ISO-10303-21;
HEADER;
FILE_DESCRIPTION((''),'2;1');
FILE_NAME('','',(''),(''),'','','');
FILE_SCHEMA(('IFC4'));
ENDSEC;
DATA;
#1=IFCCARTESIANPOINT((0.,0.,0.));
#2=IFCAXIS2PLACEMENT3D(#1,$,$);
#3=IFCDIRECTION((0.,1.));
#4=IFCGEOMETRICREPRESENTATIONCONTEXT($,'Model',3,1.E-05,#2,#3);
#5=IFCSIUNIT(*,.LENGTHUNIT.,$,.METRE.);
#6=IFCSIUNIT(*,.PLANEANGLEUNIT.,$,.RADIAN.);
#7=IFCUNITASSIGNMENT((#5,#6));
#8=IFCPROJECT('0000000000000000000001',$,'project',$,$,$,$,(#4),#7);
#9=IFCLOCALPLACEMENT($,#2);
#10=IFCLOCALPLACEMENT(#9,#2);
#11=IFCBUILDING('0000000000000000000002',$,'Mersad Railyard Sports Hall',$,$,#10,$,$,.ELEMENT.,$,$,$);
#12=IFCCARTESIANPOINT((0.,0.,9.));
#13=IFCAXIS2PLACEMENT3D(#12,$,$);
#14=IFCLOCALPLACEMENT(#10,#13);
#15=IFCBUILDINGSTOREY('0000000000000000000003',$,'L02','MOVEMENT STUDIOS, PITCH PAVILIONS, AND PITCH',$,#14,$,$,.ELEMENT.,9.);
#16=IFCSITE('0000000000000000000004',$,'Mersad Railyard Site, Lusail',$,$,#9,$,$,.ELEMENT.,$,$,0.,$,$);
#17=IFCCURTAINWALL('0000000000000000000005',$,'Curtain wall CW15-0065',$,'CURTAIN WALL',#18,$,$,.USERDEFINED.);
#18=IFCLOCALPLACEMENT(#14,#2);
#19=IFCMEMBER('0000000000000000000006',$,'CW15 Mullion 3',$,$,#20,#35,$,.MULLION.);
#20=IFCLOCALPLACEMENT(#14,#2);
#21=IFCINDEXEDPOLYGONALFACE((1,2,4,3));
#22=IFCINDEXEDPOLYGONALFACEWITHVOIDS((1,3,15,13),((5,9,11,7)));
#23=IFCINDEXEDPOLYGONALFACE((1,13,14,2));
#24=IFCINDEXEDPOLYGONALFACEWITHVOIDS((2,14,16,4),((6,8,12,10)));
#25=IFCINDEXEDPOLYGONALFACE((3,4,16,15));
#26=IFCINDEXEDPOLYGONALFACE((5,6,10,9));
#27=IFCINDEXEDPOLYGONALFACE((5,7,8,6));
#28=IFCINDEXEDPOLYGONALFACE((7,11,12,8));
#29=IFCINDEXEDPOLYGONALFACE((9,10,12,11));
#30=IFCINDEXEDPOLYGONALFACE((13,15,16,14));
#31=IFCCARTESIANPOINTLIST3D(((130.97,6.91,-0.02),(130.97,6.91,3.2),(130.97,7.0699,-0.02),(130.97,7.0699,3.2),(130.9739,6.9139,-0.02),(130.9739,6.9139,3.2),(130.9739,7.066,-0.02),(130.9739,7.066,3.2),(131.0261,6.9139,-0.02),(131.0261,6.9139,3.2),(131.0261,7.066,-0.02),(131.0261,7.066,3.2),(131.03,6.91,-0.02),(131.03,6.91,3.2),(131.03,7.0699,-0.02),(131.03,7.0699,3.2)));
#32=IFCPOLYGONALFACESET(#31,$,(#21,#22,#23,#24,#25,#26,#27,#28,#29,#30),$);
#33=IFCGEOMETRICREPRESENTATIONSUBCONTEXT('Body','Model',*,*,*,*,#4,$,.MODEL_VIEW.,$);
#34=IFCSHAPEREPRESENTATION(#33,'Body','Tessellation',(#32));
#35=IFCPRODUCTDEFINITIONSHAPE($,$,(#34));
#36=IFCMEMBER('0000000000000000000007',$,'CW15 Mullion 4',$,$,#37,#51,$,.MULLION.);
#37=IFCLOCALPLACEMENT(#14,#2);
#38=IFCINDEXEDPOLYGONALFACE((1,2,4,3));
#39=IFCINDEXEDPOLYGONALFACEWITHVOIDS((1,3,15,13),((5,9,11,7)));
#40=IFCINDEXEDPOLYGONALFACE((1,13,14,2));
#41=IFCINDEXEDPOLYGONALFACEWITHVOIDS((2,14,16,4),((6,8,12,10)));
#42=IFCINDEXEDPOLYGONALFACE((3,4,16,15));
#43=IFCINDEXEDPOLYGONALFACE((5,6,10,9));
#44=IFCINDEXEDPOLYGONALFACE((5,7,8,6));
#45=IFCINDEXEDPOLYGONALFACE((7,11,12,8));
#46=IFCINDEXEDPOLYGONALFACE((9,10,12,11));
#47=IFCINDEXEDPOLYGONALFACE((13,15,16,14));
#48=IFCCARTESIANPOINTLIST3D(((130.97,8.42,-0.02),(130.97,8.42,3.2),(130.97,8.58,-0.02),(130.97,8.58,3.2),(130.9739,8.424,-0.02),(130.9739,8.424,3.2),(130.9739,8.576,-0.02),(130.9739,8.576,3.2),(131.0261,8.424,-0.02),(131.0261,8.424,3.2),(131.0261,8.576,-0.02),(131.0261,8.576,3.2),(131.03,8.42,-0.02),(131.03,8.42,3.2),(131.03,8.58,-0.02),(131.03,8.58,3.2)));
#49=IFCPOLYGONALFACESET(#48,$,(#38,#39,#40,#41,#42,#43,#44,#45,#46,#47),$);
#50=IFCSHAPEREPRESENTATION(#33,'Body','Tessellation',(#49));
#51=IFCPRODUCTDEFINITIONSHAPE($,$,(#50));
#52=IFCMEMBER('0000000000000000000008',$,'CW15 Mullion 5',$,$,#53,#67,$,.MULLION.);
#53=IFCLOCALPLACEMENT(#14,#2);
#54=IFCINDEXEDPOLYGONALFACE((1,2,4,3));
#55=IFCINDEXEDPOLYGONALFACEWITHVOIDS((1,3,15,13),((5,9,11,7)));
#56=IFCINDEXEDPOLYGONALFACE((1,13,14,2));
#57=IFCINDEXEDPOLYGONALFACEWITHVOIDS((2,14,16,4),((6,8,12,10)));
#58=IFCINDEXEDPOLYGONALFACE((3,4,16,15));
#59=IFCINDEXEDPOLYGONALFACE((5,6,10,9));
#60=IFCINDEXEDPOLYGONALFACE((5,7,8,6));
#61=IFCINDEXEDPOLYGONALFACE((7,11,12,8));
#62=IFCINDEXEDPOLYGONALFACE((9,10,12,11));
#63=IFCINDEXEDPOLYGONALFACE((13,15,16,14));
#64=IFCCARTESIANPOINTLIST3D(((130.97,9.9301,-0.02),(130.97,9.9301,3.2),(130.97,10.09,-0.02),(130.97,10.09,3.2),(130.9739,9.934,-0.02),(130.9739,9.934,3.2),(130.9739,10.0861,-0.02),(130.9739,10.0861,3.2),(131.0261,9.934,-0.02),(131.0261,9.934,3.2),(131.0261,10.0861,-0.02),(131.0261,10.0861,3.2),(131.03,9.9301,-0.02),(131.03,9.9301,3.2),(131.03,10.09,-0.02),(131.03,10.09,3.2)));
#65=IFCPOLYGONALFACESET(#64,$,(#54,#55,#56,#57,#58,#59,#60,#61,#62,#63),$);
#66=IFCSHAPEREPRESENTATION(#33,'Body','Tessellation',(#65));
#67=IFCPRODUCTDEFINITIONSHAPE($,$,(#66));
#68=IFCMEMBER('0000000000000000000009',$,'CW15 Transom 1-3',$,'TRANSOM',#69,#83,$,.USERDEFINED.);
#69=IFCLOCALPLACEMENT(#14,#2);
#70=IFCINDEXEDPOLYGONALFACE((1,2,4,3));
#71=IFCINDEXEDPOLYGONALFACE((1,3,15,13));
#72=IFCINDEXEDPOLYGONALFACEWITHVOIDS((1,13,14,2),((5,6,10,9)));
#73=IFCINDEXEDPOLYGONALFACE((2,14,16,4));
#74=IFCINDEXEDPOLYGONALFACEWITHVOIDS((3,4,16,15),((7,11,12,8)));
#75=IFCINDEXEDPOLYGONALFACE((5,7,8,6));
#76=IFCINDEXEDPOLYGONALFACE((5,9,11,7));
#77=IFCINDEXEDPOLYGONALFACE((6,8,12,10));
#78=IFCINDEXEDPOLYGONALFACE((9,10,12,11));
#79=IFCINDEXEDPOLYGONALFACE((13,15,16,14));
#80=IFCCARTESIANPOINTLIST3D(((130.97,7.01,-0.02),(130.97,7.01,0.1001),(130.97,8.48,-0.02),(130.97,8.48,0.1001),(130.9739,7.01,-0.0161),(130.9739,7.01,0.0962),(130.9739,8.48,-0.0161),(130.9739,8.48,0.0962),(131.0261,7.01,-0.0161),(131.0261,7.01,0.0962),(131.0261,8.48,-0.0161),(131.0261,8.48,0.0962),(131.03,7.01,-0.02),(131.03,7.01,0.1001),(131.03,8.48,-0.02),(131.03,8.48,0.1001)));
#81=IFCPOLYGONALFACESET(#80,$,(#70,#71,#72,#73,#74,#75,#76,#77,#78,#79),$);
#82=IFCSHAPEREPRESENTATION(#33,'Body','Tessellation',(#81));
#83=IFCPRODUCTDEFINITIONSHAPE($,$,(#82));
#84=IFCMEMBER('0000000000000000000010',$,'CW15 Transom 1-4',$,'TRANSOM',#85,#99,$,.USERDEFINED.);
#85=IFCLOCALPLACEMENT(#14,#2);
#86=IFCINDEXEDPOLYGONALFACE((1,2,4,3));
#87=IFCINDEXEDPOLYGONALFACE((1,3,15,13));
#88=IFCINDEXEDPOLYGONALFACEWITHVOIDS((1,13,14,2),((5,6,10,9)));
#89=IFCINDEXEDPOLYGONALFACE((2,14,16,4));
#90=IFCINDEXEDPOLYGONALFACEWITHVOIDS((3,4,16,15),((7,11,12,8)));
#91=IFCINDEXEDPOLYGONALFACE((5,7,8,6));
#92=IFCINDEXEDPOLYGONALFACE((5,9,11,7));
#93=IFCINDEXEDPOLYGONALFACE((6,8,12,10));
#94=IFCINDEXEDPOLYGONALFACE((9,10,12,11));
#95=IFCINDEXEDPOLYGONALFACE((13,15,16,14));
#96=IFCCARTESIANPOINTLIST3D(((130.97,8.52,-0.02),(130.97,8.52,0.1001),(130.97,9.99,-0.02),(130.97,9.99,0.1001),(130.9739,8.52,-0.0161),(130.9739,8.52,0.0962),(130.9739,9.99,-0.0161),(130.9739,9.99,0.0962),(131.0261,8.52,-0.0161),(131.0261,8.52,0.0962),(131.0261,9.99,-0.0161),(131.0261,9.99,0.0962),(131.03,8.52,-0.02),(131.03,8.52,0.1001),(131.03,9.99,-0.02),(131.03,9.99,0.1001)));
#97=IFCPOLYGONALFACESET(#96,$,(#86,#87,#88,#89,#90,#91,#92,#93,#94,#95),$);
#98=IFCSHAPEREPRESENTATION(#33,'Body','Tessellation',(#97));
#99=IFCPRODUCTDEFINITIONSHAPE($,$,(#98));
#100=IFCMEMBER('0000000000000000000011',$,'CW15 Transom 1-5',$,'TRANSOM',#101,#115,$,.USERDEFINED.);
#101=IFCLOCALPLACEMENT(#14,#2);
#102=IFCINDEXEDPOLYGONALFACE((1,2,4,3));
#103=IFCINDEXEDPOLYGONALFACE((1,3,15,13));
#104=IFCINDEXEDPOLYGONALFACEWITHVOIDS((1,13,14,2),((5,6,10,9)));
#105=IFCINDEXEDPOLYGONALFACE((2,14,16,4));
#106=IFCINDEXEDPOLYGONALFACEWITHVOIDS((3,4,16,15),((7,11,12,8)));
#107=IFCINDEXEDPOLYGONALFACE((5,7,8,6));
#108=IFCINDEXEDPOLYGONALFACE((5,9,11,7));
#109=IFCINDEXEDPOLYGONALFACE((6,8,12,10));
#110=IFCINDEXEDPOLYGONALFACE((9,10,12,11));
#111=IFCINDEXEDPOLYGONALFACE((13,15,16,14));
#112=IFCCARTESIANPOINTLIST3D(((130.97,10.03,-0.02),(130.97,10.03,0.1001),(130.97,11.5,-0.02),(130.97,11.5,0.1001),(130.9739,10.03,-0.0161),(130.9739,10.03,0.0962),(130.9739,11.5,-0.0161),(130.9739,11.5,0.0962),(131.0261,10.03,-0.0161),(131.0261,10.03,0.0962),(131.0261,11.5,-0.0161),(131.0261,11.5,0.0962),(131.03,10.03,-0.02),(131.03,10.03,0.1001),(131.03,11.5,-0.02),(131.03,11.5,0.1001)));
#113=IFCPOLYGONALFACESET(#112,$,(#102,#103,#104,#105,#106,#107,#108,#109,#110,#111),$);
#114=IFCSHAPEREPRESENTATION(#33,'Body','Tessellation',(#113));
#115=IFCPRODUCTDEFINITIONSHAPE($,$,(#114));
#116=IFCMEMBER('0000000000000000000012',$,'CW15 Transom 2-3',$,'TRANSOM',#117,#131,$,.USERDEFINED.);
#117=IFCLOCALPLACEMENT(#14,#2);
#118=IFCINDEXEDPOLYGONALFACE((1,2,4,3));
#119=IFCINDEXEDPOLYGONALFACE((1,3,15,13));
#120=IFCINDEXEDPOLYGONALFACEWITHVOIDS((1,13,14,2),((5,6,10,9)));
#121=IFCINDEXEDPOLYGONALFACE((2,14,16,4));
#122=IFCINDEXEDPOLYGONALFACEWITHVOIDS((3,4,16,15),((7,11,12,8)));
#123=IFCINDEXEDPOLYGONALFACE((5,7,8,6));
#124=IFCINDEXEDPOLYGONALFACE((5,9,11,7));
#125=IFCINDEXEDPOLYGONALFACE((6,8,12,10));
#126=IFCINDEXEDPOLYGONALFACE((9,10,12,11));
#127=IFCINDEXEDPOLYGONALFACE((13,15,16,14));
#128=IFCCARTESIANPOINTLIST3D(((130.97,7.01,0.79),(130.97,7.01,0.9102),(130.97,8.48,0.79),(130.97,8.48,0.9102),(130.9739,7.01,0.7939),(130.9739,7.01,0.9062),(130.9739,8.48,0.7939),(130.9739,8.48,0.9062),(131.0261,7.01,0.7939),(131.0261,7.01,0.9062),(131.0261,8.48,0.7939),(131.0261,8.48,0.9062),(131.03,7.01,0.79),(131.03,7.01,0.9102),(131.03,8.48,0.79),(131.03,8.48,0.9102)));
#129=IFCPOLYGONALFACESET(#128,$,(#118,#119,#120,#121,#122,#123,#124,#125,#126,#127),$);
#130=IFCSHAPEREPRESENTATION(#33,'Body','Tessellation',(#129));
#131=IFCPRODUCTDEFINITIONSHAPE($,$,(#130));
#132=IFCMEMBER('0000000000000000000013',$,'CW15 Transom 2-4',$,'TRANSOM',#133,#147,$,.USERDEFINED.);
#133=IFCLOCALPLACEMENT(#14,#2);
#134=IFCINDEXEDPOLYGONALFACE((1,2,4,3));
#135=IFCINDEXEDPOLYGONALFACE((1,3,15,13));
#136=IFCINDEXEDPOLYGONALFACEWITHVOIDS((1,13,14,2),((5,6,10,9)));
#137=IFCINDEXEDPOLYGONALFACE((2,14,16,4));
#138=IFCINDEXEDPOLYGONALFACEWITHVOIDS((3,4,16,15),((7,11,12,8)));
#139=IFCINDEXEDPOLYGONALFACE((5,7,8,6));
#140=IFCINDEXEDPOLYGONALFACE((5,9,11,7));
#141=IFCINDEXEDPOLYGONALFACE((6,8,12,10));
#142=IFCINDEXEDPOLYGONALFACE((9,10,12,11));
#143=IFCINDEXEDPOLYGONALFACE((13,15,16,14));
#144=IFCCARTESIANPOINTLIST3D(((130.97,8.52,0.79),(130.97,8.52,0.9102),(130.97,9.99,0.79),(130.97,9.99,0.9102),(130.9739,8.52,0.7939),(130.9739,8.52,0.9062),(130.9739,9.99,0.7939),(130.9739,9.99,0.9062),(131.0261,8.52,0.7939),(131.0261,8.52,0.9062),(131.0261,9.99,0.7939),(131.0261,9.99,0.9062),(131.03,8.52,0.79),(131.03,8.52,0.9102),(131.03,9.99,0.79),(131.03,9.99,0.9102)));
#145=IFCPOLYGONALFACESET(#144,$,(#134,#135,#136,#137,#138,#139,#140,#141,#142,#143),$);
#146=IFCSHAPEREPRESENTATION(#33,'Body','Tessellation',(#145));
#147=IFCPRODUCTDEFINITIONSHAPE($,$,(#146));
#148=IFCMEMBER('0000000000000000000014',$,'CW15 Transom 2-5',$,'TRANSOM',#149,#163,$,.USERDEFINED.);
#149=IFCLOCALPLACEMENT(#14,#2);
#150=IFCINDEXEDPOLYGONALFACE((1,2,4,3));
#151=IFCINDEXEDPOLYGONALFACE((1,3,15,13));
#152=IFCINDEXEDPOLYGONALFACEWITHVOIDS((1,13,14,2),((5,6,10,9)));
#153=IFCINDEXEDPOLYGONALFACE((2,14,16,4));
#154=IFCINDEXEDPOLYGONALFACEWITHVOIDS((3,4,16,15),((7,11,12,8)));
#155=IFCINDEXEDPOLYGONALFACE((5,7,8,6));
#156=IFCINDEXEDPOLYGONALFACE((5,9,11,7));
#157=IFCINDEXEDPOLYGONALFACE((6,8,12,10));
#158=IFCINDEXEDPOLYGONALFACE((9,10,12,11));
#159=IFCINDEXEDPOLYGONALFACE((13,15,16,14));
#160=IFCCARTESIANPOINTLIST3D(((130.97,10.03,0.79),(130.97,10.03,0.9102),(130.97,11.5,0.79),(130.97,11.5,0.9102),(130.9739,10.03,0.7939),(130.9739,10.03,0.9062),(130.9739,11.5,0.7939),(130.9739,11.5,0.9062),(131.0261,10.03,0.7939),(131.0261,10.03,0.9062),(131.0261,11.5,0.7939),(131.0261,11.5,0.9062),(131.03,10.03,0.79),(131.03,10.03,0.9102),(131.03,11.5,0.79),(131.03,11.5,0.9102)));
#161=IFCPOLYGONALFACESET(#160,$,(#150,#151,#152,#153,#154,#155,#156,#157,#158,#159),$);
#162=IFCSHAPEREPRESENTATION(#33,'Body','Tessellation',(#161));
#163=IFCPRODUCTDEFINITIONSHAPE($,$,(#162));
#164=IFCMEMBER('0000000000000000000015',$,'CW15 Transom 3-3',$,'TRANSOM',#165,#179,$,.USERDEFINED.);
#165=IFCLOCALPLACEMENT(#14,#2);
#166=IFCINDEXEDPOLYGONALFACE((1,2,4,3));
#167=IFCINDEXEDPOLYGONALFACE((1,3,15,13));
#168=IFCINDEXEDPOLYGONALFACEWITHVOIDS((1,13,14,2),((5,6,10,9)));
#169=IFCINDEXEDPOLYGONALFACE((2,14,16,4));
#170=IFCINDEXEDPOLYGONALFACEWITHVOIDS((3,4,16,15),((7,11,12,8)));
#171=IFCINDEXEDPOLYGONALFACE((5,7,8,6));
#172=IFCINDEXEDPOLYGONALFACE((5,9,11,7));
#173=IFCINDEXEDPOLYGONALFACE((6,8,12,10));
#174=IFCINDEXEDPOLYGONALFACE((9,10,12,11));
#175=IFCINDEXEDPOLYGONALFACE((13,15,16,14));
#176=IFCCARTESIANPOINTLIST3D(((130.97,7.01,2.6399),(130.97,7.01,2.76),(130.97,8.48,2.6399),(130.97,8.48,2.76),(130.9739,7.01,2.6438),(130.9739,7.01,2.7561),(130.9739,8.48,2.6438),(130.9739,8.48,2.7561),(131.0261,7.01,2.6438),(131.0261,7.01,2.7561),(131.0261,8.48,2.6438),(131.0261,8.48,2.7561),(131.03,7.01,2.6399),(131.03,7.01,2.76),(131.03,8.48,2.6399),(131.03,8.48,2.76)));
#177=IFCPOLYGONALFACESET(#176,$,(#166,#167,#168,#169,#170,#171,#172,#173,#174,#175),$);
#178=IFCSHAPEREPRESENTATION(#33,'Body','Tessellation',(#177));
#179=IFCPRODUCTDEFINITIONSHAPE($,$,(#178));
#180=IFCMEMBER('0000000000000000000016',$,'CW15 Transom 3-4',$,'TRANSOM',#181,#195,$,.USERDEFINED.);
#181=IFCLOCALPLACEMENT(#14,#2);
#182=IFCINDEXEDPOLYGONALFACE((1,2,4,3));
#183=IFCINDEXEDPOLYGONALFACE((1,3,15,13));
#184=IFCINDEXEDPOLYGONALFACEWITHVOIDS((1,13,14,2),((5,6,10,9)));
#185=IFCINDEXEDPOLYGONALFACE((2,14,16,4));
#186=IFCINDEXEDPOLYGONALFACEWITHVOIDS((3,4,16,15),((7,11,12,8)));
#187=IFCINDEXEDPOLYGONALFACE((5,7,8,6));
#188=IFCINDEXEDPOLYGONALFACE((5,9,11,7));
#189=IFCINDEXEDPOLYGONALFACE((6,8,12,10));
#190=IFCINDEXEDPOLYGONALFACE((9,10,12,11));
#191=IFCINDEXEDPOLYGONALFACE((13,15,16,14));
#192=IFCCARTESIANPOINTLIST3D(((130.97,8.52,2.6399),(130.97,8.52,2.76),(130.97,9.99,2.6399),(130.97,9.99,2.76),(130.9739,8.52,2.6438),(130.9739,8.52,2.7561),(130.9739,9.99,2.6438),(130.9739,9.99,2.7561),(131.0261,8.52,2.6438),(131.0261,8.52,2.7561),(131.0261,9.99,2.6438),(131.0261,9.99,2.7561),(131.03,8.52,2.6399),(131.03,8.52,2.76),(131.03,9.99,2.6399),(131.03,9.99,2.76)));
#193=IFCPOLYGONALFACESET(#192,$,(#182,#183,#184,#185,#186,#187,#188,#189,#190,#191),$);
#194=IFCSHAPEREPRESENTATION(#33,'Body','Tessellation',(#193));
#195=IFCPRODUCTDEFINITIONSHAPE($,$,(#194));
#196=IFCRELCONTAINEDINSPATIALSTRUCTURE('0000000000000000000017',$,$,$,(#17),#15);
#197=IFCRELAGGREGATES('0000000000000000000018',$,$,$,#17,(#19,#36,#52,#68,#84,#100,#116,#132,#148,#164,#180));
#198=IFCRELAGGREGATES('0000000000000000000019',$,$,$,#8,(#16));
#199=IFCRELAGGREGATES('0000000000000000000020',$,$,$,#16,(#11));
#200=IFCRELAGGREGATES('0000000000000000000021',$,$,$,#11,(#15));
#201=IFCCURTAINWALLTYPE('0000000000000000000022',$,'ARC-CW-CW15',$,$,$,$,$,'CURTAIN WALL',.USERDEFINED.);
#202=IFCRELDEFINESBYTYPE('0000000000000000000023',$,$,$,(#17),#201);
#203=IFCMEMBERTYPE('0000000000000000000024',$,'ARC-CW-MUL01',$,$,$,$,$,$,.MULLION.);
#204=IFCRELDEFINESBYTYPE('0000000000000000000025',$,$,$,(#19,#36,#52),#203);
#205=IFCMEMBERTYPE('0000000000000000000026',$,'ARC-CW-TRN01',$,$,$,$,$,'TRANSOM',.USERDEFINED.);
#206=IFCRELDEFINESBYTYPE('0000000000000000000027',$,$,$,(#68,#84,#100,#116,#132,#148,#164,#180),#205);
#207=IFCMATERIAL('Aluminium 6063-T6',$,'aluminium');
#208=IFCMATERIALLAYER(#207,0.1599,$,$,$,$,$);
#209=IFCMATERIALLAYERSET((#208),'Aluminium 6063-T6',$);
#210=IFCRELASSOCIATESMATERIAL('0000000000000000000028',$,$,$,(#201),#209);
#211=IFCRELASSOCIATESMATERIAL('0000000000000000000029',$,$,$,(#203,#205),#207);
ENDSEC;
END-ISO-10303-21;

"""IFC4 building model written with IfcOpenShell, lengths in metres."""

from ifc_helpers import new_model, si_unit, direction, frame, origin, origin_2d, place, context, subcontext, project, spatial, hollow_rectangle, extrude, material, layer, layer_set, material_profile, profile_set, type_object, element, aggregate, save


model = new_model("IFC4")

# Units and contexts
model_context = context("Model", 3, precision=1e-05, world=origin(), true_north=direction((0.0, 1.0)))
body_context = subcontext(model_context, "Body", "Model", "MODEL_VIEW")
ifc_project = project(units=[si_unit("LENGTHUNIT", "METRE"), si_unit("PLANEANGLEUNIT", "RADIAN")], contexts=[model_context])

# Site, building, storey
site_placement = place(None, origin())
site = spatial("IfcSite", under=ifc_project, at=site_placement, Name="Mersad Railyard Site, Lusail", CompositionType="ELEMENT", RefElevation=0.0)
building_placement = place(site_placement, origin())
building = spatial("IfcBuilding", under=site, at=building_placement, Name="Mersad Railyard Sports Hall", CompositionType="ELEMENT")
storey_placement = place(building_placement, frame((0.0, 0.0, 9.0)))
storey = spatial("IfcBuildingStorey", under=building, at=storey_placement, Name="L02", Description="MOVEMENT STUDIOS, PITCH PAVILIONS, AND PITCH", CompositionType="ELEMENT", Elevation=9.0)

# Curtain wall, members
ifc_material_1 = material(Name="Aluminium 6063-T6", Category="aluminium")
ifc_layer_1 = layer(ifc_material_1, 0.1599)
ifc_layer_set_1 = layer_set([ifc_layer_1], Name="Aluminium 6063-T6")
curtain_wall_type = type_object("IfcCurtainWallType", Name="ARC-CW-CW15", ElementType="CURTAIN WALL", PredefinedType="USERDEFINED", material=ifc_layer_set_1)
curtain_wall_placement = place(storey_placement, origin())
curtain_wall = element("IfcCurtainWall", 1, at=curtain_wall_placement, inside=storey, type_object=curtain_wall_type, Name="Curtain wall CW15-0065", ObjectType="CURTAIN WALL", PredefinedType="USERDEFINED")
ifc_material_profile_1 = material_profile(ifc_material_1, hollow_rectangle(XDim=0.0601, YDim=0.1599, WallThickness=0.0039, at=origin_2d()), Name="AL MULLION 60x160x4")
ifc_profile_set_1 = profile_set([ifc_material_profile_1], Name="Aluminium 6063-T6")
member_type_1 = type_object("IfcMemberType", Name="ARC-CW-MUL01", PredefinedType="MULLION", material=ifc_profile_set_1)
member_1_placement = place(storey_placement, frame((131.0, 6.99, -0.02), z_axis=(0.0, 0.0, 1.0), x_axis=(1.0, 0.0, 0.0)))
member_1 = element("IfcMember", 2, at=member_1_placement, type_object=member_type_1, Name="CW15 Mullion 3", PredefinedType="MULLION", context=body_context, shape_type="SweptSolid", body=[
    extrude(hollow_rectangle(XDim=0.0601, YDim=0.1599, WallThickness=0.0039, at=origin_2d()), origin(), (0.0, 0.0, 1.0), 3.22),
])
member_2_placement = place(storey_placement, frame((131.0, 8.5, -0.02), z_axis=(0.0, 0.0, 1.0), x_axis=(1.0, 0.0, 0.0)))
member_2 = element("IfcMember", 3, at=member_2_placement, type_object=member_type_1, Name="CW15 Mullion 4", PredefinedType="MULLION", context=body_context, shape_type="SweptSolid", body=[
    extrude(hollow_rectangle(XDim=0.0601, YDim=0.1599, WallThickness=0.0039, at=origin_2d()), origin(), (0.0, 0.0, 1.0), 3.22),
])
member_3_placement = place(storey_placement, frame((131.0, 10.01, -0.02), z_axis=(0.0, 0.0, 1.0), x_axis=(1.0, 0.0, 0.0)))
member_3 = element("IfcMember", 4, at=member_3_placement, type_object=member_type_1, Name="CW15 Mullion 5", PredefinedType="MULLION", context=body_context, shape_type="SweptSolid", body=[
    extrude(hollow_rectangle(XDim=0.0601, YDim=0.1599, WallThickness=0.0039, at=origin_2d()), origin(), (0.0, 0.0, 1.0), 3.22),
])
ifc_material_profile_2 = material_profile(ifc_material_1, hollow_rectangle(XDim=0.0601, YDim=0.1201, WallThickness=0.0039, at=origin_2d()), Name="AL TRANSOM 60x120x4")
ifc_profile_set_2 = profile_set([ifc_material_profile_2], Name="Aluminium 6063-T6")
member_type_2 = type_object("IfcMemberType", Name="ARC-CW-TRN01", ElementType="TRANSOM", PredefinedType="USERDEFINED", material=ifc_profile_set_2)
member_4_placement = place(storey_placement, frame((131.0, 7.01, 0.04), z_axis=(0.0, 1.0, 0.0), x_axis=(-1.0, 0.0, 0.0)))
member_4 = element("IfcMember", 5, at=member_4_placement, type_object=member_type_2, Name="CW15 Transom 1-3", ObjectType="TRANSOM", PredefinedType="USERDEFINED", context=body_context, shape_type="SweptSolid", body=[
    extrude(hollow_rectangle(XDim=0.0601, YDim=0.1201, WallThickness=0.0039, at=origin_2d()), origin(), (0.0, 0.0, 1.0), 1.47),
])
member_5_placement = place(storey_placement, frame((131.0, 8.52, 0.04), z_axis=(0.0, 1.0, 0.0), x_axis=(-1.0, 0.0, 0.0)))
member_5 = element("IfcMember", 6, at=member_5_placement, type_object=member_type_2, Name="CW15 Transom 1-4", ObjectType="TRANSOM", PredefinedType="USERDEFINED", context=body_context, shape_type="SweptSolid", body=[
    extrude(hollow_rectangle(XDim=0.0601, YDim=0.1201, WallThickness=0.0039, at=origin_2d()), origin(), (0.0, 0.0, 1.0), 1.47),
])
member_6_placement = place(storey_placement, frame((131.0, 10.03, 0.04), z_axis=(0.0, 1.0, 0.0), x_axis=(-1.0, 0.0, 0.0)))
member_6 = element("IfcMember", 7, at=member_6_placement, type_object=member_type_2, Name="CW15 Transom 1-5", ObjectType="TRANSOM", PredefinedType="USERDEFINED", context=body_context, shape_type="SweptSolid", body=[
    extrude(hollow_rectangle(XDim=0.0601, YDim=0.1201, WallThickness=0.0039, at=origin_2d()), origin(), (0.0, 0.0, 1.0), 1.47),
])
member_7_placement = place(storey_placement, frame((131.0, 7.01, 0.8501), z_axis=(0.0, 1.0, 0.0), x_axis=(-1.0, 0.0, 0.0)))
member_7 = element("IfcMember", 8, at=member_7_placement, type_object=member_type_2, Name="CW15 Transom 2-3", ObjectType="TRANSOM", PredefinedType="USERDEFINED", context=body_context, shape_type="SweptSolid", body=[
    extrude(hollow_rectangle(XDim=0.0601, YDim=0.1201, WallThickness=0.0039, at=origin_2d()), origin(), (0.0, 0.0, 1.0), 1.47),
])
member_8_placement = place(storey_placement, frame((131.0, 8.52, 0.8501), z_axis=(0.0, 1.0, 0.0), x_axis=(-1.0, 0.0, 0.0)))
member_8 = element("IfcMember", 9, at=member_8_placement, type_object=member_type_2, Name="CW15 Transom 2-4", ObjectType="TRANSOM", PredefinedType="USERDEFINED", context=body_context, shape_type="SweptSolid", body=[
    extrude(hollow_rectangle(XDim=0.0601, YDim=0.1201, WallThickness=0.0039, at=origin_2d()), origin(), (0.0, 0.0, 1.0), 1.47),
])
member_9_placement = place(storey_placement, frame((131.0, 10.03, 0.8501), z_axis=(0.0, 1.0, 0.0), x_axis=(-1.0, 0.0, 0.0)))
member_9 = element("IfcMember", 10, at=member_9_placement, type_object=member_type_2, Name="CW15 Transom 2-5", ObjectType="TRANSOM", PredefinedType="USERDEFINED", context=body_context, shape_type="SweptSolid", body=[
    extrude(hollow_rectangle(XDim=0.0601, YDim=0.1201, WallThickness=0.0039, at=origin_2d()), origin(), (0.0, 0.0, 1.0), 1.47),
])
member_10_placement = place(storey_placement, frame((131.0, 7.01, 2.7), z_axis=(0.0, 1.0, 0.0), x_axis=(-1.0, 0.0, 0.0)))
member_10 = element("IfcMember", 11, at=member_10_placement, type_object=member_type_2, Name="CW15 Transom 3-3", ObjectType="TRANSOM", PredefinedType="USERDEFINED", context=body_context, shape_type="SweptSolid", body=[
    extrude(hollow_rectangle(XDim=0.0601, YDim=0.1201, WallThickness=0.0039, at=origin_2d()), origin(), (0.0, 0.0, 1.0), 1.47),
])
member_11_placement = place(storey_placement, frame((131.0, 8.52, 2.7), z_axis=(0.0, 1.0, 0.0), x_axis=(-1.0, 0.0, 0.0)))
member_11 = element("IfcMember", 12, at=member_11_placement, type_object=member_type_2, Name="CW15 Transom 3-4", ObjectType="TRANSOM", PredefinedType="USERDEFINED", context=body_context, shape_type="SweptSolid", body=[
    extrude(hollow_rectangle(XDim=0.0601, YDim=0.1201, WallThickness=0.0039, at=origin_2d()), origin(), (0.0, 0.0, 1.0), 1.47),
])

aggregate(curtain_wall, [member_1, member_2, member_3, member_4, member_5, member_6, member_7, member_8, member_9, member_10, member_11])

save(model, "model.ifc")
